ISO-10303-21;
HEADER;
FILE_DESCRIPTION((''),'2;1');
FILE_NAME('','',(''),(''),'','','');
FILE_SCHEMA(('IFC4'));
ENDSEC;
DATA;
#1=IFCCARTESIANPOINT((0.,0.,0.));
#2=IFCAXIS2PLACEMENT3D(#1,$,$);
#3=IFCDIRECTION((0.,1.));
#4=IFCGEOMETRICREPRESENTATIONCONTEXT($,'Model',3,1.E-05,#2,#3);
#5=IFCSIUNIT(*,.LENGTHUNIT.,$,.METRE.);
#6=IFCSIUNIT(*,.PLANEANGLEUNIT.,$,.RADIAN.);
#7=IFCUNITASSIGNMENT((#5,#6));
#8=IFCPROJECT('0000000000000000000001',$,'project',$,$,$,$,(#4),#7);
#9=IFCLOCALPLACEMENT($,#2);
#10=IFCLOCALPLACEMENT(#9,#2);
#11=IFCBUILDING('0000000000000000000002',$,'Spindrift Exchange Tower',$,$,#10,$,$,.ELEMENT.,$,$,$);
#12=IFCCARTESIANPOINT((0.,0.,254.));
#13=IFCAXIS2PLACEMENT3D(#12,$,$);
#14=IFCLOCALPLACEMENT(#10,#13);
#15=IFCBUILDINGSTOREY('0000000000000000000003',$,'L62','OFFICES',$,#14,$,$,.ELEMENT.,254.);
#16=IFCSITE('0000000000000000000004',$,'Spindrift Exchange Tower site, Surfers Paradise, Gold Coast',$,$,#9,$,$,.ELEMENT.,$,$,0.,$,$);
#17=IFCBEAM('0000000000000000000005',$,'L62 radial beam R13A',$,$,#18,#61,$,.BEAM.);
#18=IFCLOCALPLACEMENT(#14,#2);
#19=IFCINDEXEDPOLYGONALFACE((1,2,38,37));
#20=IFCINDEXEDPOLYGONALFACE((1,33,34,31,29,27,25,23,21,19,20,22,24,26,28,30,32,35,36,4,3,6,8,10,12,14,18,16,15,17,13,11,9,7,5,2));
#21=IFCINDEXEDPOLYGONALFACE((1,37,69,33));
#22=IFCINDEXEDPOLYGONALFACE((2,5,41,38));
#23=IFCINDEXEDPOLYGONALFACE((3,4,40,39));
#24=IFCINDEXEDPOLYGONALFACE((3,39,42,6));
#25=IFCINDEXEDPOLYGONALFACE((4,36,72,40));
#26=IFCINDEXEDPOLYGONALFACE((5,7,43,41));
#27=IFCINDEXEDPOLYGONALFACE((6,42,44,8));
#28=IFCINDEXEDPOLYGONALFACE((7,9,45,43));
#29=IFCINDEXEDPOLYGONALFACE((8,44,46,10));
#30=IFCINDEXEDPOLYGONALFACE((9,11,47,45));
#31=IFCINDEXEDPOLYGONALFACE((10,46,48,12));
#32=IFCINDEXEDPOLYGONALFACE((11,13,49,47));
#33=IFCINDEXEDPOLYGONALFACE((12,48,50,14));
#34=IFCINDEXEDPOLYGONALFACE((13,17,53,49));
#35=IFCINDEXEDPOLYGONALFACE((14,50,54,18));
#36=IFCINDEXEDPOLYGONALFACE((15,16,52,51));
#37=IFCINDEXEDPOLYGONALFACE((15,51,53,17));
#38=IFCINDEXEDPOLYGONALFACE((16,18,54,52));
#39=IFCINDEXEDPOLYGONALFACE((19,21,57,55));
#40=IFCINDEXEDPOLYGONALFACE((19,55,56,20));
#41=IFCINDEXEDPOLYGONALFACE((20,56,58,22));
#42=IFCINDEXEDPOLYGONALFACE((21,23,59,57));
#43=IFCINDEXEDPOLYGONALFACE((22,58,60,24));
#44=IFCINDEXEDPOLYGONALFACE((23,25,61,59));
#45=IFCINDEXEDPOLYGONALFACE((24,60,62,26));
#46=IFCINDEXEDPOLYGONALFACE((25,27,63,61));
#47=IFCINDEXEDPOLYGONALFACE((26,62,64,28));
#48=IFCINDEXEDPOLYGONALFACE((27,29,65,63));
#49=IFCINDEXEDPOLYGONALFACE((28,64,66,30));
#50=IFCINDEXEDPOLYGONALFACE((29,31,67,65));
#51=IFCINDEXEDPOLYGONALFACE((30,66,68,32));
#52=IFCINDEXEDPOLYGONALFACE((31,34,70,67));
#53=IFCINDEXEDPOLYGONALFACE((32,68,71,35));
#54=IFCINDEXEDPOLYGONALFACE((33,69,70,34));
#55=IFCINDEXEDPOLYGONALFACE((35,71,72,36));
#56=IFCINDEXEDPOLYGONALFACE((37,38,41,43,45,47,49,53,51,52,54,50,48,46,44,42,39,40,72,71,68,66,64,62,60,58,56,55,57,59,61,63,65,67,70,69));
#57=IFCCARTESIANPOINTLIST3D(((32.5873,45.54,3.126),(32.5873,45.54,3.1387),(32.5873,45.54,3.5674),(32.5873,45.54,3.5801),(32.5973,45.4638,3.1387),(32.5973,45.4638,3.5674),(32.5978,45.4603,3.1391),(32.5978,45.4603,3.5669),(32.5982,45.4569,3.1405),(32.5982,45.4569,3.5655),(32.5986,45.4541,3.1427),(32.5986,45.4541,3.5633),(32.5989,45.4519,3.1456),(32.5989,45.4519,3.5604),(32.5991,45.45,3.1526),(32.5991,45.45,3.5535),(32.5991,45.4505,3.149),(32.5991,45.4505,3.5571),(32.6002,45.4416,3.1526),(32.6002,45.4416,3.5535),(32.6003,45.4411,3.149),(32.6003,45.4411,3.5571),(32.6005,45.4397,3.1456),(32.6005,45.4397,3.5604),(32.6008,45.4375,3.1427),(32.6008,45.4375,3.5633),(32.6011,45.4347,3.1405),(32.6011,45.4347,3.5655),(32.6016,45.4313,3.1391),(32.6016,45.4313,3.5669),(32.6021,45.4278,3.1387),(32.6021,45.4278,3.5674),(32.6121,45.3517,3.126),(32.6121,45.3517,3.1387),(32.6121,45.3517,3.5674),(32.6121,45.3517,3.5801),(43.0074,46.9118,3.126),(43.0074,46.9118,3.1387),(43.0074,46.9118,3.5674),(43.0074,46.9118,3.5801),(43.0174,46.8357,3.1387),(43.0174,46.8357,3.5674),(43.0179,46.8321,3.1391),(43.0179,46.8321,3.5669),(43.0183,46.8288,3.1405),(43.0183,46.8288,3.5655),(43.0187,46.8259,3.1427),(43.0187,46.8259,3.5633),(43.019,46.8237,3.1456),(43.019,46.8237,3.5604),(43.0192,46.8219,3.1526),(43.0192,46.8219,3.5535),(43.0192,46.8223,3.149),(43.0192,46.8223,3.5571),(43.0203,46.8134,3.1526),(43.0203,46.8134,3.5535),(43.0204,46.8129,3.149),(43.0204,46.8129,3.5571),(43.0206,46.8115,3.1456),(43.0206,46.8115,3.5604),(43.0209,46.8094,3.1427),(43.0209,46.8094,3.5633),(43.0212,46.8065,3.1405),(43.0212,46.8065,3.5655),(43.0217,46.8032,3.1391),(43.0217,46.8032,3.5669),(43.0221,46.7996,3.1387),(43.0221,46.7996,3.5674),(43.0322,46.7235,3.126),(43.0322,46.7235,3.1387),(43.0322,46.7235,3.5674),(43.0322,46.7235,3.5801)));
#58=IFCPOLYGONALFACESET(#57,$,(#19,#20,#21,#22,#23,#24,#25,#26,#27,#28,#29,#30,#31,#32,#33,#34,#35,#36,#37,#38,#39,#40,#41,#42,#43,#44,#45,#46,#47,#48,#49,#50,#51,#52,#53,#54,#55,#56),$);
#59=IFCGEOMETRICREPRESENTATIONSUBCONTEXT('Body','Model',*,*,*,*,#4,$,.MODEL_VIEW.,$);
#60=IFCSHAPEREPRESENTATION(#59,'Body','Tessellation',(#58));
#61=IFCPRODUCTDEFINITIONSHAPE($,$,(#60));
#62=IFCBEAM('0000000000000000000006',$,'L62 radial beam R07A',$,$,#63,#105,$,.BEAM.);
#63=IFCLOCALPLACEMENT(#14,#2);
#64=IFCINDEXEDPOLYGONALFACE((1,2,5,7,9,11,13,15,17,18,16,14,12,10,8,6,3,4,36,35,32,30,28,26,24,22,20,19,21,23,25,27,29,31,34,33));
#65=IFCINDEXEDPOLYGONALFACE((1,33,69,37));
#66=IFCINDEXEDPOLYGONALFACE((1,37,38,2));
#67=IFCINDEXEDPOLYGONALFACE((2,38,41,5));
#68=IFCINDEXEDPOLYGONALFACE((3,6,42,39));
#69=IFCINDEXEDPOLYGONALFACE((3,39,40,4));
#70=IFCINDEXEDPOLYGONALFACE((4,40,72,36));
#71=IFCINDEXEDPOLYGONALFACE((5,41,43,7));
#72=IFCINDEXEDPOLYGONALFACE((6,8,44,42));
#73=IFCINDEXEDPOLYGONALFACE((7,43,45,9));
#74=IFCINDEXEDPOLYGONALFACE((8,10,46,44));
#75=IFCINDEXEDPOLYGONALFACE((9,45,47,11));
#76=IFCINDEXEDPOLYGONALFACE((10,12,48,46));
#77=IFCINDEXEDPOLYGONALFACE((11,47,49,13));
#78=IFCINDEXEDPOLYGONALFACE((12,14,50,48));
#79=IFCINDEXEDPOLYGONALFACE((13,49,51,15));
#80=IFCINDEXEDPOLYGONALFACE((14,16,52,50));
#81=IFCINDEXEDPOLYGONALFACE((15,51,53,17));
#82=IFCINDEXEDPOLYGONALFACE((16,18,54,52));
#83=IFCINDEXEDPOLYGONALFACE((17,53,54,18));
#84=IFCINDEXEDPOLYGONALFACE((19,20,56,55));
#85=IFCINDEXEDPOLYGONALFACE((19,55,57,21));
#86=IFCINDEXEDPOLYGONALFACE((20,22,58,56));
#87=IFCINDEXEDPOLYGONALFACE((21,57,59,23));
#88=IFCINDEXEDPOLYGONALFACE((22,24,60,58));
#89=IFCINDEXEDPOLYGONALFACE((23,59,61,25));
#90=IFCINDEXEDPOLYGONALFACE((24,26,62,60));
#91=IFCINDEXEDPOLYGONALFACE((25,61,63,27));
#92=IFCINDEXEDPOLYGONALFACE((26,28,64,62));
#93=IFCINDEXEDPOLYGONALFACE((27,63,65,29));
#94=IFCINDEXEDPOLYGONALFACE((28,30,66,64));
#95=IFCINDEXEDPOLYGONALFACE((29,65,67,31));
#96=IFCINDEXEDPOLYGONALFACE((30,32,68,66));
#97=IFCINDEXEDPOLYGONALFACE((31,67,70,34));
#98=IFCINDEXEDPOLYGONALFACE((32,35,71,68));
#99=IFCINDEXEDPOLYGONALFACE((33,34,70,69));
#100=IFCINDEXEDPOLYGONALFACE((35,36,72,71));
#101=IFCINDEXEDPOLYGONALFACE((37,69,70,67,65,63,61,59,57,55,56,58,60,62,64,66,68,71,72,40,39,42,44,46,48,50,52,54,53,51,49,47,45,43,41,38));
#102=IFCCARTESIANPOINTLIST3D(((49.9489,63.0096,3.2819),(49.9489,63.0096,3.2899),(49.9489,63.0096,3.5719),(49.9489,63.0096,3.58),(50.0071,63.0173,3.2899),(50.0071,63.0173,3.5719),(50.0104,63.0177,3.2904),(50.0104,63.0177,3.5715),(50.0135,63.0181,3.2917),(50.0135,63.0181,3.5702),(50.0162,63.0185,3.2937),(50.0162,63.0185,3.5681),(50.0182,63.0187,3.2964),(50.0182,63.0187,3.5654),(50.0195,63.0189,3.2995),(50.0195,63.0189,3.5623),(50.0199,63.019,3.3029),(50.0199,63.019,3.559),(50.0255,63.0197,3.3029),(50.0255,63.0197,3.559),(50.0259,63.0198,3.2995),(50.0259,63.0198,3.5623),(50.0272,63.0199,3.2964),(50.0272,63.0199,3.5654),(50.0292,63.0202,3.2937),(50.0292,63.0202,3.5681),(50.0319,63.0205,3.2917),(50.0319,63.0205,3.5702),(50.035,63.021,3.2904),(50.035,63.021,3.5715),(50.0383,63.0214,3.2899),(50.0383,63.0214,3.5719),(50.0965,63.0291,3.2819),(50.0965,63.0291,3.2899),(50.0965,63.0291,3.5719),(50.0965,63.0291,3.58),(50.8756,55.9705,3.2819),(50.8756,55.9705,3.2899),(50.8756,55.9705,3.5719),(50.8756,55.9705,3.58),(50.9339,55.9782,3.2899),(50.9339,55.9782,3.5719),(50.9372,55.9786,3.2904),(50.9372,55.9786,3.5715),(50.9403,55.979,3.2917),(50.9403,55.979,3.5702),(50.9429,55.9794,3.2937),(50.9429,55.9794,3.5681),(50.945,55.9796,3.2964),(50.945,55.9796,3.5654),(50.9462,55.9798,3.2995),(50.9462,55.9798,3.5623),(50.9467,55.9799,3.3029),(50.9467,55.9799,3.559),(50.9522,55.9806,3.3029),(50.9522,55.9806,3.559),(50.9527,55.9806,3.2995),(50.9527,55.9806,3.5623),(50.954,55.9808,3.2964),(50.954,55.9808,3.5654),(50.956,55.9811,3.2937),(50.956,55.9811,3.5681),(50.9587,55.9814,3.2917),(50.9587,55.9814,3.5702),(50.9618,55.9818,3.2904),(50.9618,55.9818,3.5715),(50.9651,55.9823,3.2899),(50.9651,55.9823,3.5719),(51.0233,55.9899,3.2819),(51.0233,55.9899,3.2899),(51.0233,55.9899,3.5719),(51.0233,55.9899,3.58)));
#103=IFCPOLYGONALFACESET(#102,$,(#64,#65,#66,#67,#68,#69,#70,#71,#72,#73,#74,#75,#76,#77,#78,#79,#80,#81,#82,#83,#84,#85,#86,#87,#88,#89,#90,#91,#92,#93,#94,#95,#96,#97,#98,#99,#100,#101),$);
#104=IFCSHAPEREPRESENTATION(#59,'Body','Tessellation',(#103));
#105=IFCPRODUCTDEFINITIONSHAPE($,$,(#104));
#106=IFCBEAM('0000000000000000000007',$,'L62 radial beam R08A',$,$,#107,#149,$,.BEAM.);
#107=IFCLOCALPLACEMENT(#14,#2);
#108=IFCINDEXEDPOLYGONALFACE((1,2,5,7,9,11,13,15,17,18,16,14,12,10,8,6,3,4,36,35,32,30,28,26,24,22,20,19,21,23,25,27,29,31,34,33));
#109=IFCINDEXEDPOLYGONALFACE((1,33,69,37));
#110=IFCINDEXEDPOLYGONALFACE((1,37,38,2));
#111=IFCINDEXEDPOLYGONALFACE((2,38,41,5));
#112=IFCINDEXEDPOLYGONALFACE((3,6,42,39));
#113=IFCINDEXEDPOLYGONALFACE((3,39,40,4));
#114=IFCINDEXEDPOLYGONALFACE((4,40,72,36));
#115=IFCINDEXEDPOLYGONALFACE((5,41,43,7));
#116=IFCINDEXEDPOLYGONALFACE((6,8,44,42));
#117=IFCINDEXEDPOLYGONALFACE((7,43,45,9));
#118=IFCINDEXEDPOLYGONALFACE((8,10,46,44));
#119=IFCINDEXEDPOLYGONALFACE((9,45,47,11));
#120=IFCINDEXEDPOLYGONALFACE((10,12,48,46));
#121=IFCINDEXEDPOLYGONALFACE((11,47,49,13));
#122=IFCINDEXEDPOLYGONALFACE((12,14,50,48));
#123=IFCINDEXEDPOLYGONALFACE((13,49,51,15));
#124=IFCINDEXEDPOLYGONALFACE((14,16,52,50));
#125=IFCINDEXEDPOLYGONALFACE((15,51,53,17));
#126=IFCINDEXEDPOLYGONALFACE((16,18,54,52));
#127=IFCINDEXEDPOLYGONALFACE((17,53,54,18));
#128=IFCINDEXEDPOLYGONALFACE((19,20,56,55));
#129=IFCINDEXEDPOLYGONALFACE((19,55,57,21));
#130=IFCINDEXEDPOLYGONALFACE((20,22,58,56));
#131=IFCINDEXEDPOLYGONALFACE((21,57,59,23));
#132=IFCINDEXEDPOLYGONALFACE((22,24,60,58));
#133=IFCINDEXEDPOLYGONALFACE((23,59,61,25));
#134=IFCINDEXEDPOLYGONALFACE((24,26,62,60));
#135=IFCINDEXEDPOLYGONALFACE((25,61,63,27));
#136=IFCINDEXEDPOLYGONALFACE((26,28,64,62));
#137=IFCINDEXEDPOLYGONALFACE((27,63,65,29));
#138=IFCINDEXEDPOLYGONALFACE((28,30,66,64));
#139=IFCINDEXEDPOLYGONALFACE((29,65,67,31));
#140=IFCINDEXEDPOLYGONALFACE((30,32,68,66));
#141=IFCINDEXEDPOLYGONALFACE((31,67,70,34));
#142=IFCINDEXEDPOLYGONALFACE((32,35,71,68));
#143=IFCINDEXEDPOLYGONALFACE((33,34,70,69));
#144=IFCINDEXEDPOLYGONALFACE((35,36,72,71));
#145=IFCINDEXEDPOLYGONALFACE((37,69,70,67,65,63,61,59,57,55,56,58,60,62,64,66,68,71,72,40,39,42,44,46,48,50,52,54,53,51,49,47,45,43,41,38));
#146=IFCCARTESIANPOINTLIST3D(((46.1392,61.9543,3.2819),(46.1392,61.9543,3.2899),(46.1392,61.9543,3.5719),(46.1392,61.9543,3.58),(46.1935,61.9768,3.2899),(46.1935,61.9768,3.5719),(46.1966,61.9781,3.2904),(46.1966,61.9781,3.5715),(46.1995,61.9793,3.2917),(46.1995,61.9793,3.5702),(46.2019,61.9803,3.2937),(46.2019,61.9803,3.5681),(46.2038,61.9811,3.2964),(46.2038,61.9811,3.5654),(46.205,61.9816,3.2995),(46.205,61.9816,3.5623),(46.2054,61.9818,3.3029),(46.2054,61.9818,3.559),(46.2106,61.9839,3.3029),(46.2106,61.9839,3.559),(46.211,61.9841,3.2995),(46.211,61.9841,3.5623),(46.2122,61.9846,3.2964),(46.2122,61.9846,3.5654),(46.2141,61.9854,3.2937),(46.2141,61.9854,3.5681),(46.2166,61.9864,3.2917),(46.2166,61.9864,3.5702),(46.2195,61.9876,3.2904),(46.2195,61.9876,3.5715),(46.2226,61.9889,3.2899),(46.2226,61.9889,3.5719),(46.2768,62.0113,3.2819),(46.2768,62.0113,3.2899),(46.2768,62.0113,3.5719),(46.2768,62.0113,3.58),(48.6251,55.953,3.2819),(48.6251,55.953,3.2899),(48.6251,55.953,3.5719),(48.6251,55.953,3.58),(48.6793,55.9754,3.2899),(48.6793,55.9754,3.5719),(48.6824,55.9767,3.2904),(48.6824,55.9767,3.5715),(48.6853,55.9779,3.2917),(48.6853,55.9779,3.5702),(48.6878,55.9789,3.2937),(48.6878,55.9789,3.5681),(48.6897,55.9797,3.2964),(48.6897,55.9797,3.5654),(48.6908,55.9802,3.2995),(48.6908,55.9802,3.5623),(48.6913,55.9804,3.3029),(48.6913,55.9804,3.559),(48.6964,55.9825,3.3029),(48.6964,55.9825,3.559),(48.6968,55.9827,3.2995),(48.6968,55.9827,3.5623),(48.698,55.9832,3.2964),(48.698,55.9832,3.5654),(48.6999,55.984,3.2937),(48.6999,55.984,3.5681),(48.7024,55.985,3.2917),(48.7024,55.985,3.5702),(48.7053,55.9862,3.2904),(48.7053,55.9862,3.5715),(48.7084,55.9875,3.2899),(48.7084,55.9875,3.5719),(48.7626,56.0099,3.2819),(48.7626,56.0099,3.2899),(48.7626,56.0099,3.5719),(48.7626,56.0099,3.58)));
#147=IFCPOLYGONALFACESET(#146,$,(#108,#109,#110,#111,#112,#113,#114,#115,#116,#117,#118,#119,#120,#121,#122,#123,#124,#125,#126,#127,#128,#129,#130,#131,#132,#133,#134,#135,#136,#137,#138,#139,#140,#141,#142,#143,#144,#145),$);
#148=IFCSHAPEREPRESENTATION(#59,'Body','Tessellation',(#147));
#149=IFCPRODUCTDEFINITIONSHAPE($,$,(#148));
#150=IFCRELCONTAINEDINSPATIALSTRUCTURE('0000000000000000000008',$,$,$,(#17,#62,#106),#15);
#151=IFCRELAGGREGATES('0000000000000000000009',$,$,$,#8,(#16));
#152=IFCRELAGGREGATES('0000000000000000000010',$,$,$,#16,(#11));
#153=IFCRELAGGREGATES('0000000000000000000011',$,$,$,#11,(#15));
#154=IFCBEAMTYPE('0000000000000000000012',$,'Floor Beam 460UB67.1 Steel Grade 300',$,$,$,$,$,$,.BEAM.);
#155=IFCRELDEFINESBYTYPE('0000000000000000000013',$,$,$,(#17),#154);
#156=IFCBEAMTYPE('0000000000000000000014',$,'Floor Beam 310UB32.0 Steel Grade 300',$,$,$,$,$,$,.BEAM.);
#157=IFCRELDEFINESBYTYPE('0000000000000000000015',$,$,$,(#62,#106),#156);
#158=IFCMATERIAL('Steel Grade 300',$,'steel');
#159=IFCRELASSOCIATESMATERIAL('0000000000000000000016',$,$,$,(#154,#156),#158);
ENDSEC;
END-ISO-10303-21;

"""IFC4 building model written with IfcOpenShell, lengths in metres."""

from ifc_helpers import new_model, si_unit, direction, frame, origin, origin_2d, place, context, subcontext, project, spatial, i_section, extrude, source, transform, mapped, material, material_profile, profile_set, type_object, element, save


model = new_model("IFC4")

# Units and contexts
model_context = context("Model", 3, precision=1e-05, world=origin(), true_north=direction((0.0, 1.0)))
body_context = subcontext(model_context, "Body", "Model", "MODEL_VIEW")
ifc_project = project(units=[si_unit("LENGTHUNIT", "METRE"), si_unit("PLANEANGLEUNIT", "RADIAN")], contexts=[model_context])

# Site, building, storey
site_placement = place(None, origin())
site = spatial("IfcSite", under=ifc_project, at=site_placement, Name="Spindrift Exchange Tower site, Surfers Paradise, Gold Coast", CompositionType="ELEMENT", RefElevation=0.0)
building_placement = place(site_placement, origin())
building = spatial("IfcBuilding", under=site, at=building_placement, Name="Spindrift Exchange Tower", CompositionType="ELEMENT")
storey_placement = place(building_placement, frame((0.0, 0.0, 254.0)))
storey = spatial("IfcBuildingStorey", under=building, at=storey_placement, Name="L62", Description="OFFICES", CompositionType="ELEMENT", Elevation=254.0)

# Beams
ifc_material_1 = material(Name="Steel Grade 300", Category="steel")
ifc_material_profile_1 = material_profile(ifc_material_1, i_section(OverallWidth=0.1899, OverallDepth=0.4541, WebThickness=0.0085, FlangeThickness=0.0127, FilletRadius=0.0139, at=origin_2d()), Name="460UB67.1")
ifc_profile_set_1 = profile_set([ifc_material_profile_1], Name="Steel Grade 300")
beam_type_1 = type_object("IfcBeamType", Name="Floor Beam 460UB67.1 Steel Grade 300", PredefinedType="BEAM", material=ifc_profile_set_1)
shared_shape_1 = source(origin(), body_context, "Body", "SweptSolid", [
    extrude(i_section(OverallWidth=0.1899, OverallDepth=0.4541, WebThickness=0.0085, FlangeThickness=0.0127, FilletRadius=0.0139, at=origin_2d()), origin(), (0.0, 0.0, 1.0), 10.51),
])
beam_1_placement = place(storey_placement, frame((43.0198, 46.8176, 3.353), z_axis=(-0.991445, -0.130525, 0.0), x_axis=(0.130525, -0.991445, 0.0)))
element("IfcBeam", 1, at=beam_1_placement, inside=storey, type_object=beam_type_1, Name="L62 radial beam R13A", PredefinedType="BEAM", context=body_context, shape_type="MappedRepresentation", body=[
    mapped(shared_shape_1, transform((0.0, 0.0, 0.0), scale=1.0)),
])
ifc_material_profile_2 = material_profile(ifc_material_1, i_section(OverallWidth=0.1489, OverallDepth=0.2981, WebThickness=0.0056, FlangeThickness=0.0081, FilletRadius=0.0129, at=origin_2d()), Name="310UB32.0")
ifc_profile_set_2 = profile_set([ifc_material_profile_2], Name="Steel Grade 300")
beam_type_2 = type_object("IfcBeamType", Name="Floor Beam 310UB32.0 Steel Grade 300", PredefinedType="BEAM", material=ifc_profile_set_2)
shared_shape_2 = source(origin(), body_context, "Body", "SweptSolid", [
    extrude(i_section(OverallWidth=0.1489, OverallDepth=0.2981, WebThickness=0.0056, FlangeThickness=0.0081, FilletRadius=0.0129, at=origin_2d()), origin(), (0.0, 0.0, 1.0), 7.0999),
])
beam_2_placement = place(storey_placement, frame((50.9495, 55.9802, 3.4309), z_axis=(-0.130533, 0.991444, 0.0), x_axis=(-0.991444, -0.130533, 0.0)))
element("IfcBeam", 2, at=beam_2_placement, inside=storey, type_object=beam_type_2, Name="L62 radial beam R07A", PredefinedType="BEAM", context=body_context, shape_type="MappedRepresentation", body=[
    mapped(shared_shape_2, transform((0.0, 0.0, 0.0), scale=1.0)),
])
shared_shape_3 = source(origin(), body_context, "Body", "SweptSolid", [
    extrude(i_section(OverallWidth=0.1489, OverallDepth=0.2981, WebThickness=0.0056, FlangeThickness=0.0081, FilletRadius=0.0129, at=origin_2d()), origin(), (0.0, 0.0, 1.0), 6.4958),
])
beam_3_placement = place(storey_placement, frame((48.6938, 55.9814, 3.4309), z_axis=(-0.382677, 0.923882, 0.0), x_axis=(-0.923882, -0.382677, 0.0)))
element("IfcBeam", 3, at=beam_3_placement, inside=storey, type_object=beam_type_2, Name="L62 radial beam R08A", PredefinedType="BEAM", context=body_context, shape_type="MappedRepresentation", body=[
    mapped(shared_shape_3, transform((0.0, 0.0, 0.0), scale=1.0)),
])

save(model, "model.ifc")
